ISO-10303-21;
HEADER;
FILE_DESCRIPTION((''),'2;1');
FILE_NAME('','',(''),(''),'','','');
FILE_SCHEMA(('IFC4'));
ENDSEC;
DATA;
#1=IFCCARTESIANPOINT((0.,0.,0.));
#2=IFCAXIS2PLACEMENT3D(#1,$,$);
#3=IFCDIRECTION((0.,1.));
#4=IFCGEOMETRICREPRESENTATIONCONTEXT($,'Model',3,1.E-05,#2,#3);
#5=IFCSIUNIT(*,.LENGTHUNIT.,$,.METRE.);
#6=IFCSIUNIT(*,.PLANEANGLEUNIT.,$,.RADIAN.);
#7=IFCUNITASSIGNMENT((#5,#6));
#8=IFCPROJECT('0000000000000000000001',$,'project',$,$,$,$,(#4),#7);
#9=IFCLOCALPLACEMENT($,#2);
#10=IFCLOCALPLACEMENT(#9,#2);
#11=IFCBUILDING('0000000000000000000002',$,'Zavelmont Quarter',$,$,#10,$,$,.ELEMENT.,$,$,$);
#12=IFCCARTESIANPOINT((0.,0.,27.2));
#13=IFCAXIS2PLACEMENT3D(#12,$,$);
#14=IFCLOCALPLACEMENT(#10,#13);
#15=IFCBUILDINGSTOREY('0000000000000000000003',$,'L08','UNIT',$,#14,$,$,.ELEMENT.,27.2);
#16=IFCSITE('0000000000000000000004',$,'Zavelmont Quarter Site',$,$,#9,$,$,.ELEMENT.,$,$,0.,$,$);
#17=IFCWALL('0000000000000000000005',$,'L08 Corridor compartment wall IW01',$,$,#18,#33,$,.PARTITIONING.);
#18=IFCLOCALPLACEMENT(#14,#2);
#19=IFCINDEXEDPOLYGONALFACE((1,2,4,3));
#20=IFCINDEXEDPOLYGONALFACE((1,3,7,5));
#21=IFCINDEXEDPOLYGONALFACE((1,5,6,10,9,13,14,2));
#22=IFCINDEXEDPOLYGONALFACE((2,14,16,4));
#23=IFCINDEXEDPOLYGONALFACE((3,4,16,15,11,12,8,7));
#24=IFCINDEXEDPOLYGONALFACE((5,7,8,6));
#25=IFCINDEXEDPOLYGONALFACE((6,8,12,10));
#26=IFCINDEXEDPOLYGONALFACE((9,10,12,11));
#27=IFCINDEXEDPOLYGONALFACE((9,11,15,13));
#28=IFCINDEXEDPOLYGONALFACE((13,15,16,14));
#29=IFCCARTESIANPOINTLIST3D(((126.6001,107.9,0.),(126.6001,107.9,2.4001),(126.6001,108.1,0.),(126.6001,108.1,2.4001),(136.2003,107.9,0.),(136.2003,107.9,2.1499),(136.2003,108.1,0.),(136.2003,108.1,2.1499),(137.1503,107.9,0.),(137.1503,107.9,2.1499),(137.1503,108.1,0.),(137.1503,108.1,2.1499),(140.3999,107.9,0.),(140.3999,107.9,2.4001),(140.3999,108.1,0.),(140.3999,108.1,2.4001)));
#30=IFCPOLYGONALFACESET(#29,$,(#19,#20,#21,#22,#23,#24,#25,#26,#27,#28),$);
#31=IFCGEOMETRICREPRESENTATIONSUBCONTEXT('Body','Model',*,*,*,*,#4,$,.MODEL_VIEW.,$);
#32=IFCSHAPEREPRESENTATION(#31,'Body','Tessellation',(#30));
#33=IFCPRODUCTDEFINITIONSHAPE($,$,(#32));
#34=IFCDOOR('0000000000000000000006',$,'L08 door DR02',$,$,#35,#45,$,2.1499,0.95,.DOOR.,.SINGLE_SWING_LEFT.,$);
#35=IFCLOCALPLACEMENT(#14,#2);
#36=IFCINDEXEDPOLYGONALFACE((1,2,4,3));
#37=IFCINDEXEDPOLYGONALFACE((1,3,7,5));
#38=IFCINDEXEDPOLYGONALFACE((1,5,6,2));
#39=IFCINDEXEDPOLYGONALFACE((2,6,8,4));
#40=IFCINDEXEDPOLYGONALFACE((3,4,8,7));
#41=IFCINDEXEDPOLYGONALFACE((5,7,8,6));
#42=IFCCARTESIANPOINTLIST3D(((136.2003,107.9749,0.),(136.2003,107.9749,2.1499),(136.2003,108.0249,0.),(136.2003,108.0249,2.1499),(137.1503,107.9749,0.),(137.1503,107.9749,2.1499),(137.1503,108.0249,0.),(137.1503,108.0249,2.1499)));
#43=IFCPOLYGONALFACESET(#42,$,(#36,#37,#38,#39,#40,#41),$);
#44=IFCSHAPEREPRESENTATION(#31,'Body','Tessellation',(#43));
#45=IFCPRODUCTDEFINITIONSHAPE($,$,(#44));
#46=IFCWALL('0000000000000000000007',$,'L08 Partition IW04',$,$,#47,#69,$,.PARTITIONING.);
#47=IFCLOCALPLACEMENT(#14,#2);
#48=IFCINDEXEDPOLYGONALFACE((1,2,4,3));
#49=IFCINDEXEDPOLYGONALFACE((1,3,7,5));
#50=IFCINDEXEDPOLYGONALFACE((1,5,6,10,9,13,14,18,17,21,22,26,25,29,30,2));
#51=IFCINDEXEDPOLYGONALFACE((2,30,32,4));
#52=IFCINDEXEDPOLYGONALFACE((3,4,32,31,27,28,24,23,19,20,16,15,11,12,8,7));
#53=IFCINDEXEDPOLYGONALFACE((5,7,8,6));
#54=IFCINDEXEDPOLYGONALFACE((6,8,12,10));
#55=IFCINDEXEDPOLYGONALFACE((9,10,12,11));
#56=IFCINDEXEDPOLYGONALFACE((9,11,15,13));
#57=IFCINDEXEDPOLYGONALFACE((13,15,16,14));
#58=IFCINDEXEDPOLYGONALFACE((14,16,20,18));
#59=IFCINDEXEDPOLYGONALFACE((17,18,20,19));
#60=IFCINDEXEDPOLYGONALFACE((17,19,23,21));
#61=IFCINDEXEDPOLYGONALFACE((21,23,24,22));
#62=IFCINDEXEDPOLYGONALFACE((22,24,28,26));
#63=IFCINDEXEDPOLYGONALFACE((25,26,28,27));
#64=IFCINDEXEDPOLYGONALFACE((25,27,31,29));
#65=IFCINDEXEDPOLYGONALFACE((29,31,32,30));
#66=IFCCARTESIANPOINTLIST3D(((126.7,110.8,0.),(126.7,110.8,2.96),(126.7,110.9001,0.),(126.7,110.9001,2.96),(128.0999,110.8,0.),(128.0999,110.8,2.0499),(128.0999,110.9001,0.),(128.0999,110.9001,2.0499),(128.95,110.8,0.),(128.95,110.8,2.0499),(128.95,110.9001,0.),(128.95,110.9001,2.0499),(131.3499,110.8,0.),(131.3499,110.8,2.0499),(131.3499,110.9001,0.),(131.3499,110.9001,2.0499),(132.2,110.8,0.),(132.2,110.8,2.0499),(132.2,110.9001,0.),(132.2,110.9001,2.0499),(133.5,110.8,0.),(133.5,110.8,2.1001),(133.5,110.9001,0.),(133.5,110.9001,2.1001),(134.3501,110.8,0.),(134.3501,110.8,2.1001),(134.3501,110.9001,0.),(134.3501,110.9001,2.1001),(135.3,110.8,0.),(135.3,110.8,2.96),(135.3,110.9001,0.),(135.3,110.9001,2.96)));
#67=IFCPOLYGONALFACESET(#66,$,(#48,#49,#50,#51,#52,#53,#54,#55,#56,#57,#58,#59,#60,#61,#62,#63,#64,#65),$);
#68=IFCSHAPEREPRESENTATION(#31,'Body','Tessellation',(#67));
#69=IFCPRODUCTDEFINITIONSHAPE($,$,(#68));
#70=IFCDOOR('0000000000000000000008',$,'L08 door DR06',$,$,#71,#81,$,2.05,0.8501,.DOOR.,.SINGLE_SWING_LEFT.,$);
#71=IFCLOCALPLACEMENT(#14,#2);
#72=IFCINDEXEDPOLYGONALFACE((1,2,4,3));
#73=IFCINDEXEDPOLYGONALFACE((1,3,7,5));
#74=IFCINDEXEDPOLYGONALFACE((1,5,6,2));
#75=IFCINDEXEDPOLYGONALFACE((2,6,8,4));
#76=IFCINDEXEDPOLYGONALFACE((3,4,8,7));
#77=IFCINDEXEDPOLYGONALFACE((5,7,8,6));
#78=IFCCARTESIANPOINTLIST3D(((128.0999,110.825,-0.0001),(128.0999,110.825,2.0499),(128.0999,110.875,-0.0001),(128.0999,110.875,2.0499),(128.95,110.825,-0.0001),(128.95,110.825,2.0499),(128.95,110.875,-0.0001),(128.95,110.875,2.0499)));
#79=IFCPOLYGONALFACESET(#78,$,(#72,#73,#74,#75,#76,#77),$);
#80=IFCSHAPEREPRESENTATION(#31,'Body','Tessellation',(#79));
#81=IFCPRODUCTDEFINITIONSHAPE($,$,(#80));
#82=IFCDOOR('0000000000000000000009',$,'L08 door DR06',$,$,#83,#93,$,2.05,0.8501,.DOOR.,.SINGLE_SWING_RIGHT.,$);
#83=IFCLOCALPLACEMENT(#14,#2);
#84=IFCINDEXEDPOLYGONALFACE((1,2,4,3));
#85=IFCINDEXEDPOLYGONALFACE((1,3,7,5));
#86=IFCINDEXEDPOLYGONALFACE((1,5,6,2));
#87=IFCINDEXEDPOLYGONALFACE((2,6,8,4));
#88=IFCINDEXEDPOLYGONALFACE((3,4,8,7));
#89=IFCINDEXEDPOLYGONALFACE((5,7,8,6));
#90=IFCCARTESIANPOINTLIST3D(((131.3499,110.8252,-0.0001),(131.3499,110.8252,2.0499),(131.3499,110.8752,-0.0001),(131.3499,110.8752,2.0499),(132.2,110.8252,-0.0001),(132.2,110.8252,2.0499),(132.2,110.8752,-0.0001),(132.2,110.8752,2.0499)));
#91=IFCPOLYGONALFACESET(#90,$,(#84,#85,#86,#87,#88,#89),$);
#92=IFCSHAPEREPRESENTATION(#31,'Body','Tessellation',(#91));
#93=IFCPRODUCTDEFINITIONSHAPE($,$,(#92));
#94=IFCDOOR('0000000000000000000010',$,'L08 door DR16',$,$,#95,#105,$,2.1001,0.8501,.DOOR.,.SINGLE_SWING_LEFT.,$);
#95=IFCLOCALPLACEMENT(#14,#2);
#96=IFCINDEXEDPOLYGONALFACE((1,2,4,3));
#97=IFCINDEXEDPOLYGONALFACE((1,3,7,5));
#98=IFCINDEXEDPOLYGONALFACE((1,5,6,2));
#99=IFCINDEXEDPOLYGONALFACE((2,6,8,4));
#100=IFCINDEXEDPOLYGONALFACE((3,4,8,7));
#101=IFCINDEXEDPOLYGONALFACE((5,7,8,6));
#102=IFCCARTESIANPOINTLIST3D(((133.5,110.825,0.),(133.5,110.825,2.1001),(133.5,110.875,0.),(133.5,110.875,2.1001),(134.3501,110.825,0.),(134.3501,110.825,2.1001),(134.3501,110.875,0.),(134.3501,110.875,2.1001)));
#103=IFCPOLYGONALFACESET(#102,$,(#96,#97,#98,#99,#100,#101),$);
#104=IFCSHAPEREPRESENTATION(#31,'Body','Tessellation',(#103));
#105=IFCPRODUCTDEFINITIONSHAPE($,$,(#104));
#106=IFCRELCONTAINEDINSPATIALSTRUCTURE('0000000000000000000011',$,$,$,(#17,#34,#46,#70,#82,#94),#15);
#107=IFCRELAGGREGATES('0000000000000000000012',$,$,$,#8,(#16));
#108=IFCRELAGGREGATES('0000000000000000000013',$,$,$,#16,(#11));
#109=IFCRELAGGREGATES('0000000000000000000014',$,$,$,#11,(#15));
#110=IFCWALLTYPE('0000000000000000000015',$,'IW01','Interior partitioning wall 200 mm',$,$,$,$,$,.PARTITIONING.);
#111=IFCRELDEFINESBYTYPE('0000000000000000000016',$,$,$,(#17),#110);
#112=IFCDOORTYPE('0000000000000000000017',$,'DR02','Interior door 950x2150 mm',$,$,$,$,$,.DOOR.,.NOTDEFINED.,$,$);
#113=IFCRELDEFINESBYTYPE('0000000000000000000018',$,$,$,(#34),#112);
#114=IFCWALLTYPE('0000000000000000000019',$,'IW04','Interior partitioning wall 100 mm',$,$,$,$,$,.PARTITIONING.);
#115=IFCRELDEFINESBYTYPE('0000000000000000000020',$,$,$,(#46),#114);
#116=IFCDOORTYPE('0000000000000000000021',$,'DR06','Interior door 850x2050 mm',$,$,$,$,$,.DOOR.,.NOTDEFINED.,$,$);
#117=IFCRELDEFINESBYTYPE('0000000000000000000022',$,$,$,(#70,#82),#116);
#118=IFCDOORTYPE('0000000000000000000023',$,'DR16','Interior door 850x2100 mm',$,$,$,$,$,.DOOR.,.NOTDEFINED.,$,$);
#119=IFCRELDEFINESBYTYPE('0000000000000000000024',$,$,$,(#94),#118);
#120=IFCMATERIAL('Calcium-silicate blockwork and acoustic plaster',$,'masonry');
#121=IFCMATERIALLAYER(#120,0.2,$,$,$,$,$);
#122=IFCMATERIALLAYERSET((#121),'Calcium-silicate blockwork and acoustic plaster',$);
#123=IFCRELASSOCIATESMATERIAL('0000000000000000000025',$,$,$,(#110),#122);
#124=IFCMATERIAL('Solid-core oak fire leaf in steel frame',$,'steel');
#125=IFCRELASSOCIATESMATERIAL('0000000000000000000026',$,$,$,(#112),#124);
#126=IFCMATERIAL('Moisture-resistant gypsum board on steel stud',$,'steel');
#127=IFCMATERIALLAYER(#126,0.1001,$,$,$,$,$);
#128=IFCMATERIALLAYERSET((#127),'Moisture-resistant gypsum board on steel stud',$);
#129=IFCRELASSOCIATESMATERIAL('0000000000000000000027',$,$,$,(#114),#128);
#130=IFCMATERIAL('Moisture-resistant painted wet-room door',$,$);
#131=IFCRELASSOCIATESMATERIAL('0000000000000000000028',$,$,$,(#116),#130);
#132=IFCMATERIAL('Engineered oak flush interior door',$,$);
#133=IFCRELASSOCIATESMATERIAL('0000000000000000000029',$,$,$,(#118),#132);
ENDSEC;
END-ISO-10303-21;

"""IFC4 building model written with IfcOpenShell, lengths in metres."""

from ifc_helpers import new_model, si_unit, direction, frame, frame_2d, origin, origin_with_axes, place, context, subcontext, project, spatial, rectangle, extrude, material, layer, layer_set, type_object, element, fill, save


model = new_model("IFC4")

# Units and contexts
model_context = context("Model", 3, precision=1e-05, world=origin(), true_north=direction((0.0, 1.0)))
body_context = subcontext(model_context, "Body", "Model", "MODEL_VIEW")
ifc_project = project(units=[si_unit("LENGTHUNIT", "METRE"), si_unit("PLANEANGLEUNIT", "RADIAN")], contexts=[model_context])

# Site, building, storey
site_placement = place(None, origin())
site = spatial("IfcSite", under=ifc_project, at=site_placement, Name="Zavelmont Quarter Site", CompositionType="ELEMENT", RefElevation=0.0)
building_placement = place(site_placement, origin())
building = spatial("IfcBuilding", under=site, at=building_placement, Name="Zavelmont Quarter", CompositionType="ELEMENT")
storey_placement = place(building_placement, frame((0.0, 0.0, 27.2)))
storey = spatial("IfcBuildingStorey", under=building, at=storey_placement, Name="L08", Description="UNIT", CompositionType="ELEMENT", Elevation=27.2)

# Wall, opening, door
ifc_material_1 = material(Name="Calcium-silicate blockwork and acoustic plaster", Category="masonry")
ifc_layer_1 = layer(ifc_material_1, 0.2)
ifc_layer_set_1 = layer_set([ifc_layer_1], Name="Calcium-silicate blockwork and acoustic plaster")
wall_type_1 = type_object("IfcWallType", Name="IW01", Description="Interior partitioning wall 200 mm", PredefinedType="PARTITIONING", material=ifc_layer_set_1)
wall_1_placement = place(storey_placement, frame((126.6001, 108.0, 0.0), z_axis=(0.0, 0.0, 1.0), x_axis=(1.0, 0.0, 0.0)))
wall_1 = element("IfcWall", 1, at=wall_1_placement, inside=storey, type_object=wall_type_1, Name="L08 Corridor compartment wall IW01", PredefinedType="PARTITIONING", context=body_context, shape_type="SweptSolid", body=[
    extrude(rectangle(XDim=13.7998, YDim=0.2, at=frame_2d((6.8999, 0.0))), origin(), (0.0, 0.0, 1.0), 2.4001),
])
opening_1_placement = place(wall_1_placement, frame((9.6001, 0.0, 0.0)))
opening_1 = element("IfcOpeningElement", 2, at=opening_1_placement, cuts=wall_1, PredefinedType="OPENING", context=body_context, shape_type="SweptSolid", body=[
    extrude(rectangle(XDim=0.95, YDim=2.1499, at=frame_2d((0.4751, 1.075))), frame((0.0, 0.1118, 0.0), z_axis=(0.0, -1.0, 0.0), x_axis=(1.0, 0.0, 0.0)), (0.0, 0.0, 1.0), 0.2239),
])
ifc_material_2 = material(Name="Solid-core oak fire leaf in steel frame", Category="steel")
door_type_1 = type_object("IfcDoorType", Name="DR02", Description="Interior door 950x2150 mm", OperationType="NOTDEFINED", PredefinedType="DOOR", material=ifc_material_2)
door_1_placement = place(opening_1_placement, origin_with_axes())
door_1 = element("IfcDoor", 3, at=door_1_placement, inside=storey, type_object=door_type_1, Name="L08 door DR02", OperationType="SINGLE_SWING_LEFT", OverallHeight=2.1499, OverallWidth=0.95, PredefinedType="DOOR", context=body_context, shape_type="SweptSolid", body=[
    extrude(rectangle(XDim=0.95, YDim=2.1499, at=frame_2d((0.4751, 1.075))), frame((0.0, 0.0249, 0.0), z_axis=(0.0, -1.0, 0.0), x_axis=(1.0, 0.0, 0.0)), (0.0, 0.0, 1.0), 0.05),
])
fill(opening_1, door_1)

# Wall, openings, doors
ifc_material_3 = material(Name="Moisture-resistant gypsum board on steel stud", Category="steel")
ifc_layer_2 = layer(ifc_material_3, 0.1001)
ifc_layer_set_2 = layer_set([ifc_layer_2], Name="Moisture-resistant gypsum board on steel stud")
wall_type_2 = type_object("IfcWallType", Name="IW04", Description="Interior partitioning wall 100 mm", PredefinedType="PARTITIONING", material=ifc_layer_set_2)
wall_2_placement = place(storey_placement, frame((126.7, 110.8501, 0.0), z_axis=(0.0, 0.0, 1.0), x_axis=(1.0, 0.0, 0.0)))
wall_2 = element("IfcWall", 4, at=wall_2_placement, inside=storey, type_object=wall_type_2, Name="L08 Partition IW04", PredefinedType="PARTITIONING", context=body_context, shape_type="SweptSolid", body=[
    extrude(rectangle(XDim=8.6001, YDim=0.1001, at=frame_2d((4.3, 0.0))), origin(), (0.0, 0.0, 1.0), 2.96),
])
opening_2_placement = place(wall_2_placement, frame((1.3999, 0.0, 0.0)))
opening_2 = element("IfcOpeningElement", 5, at=opening_2_placement, cuts=wall_2, PredefinedType="OPENING", context=body_context, shape_type="SweptSolid", body=[
    extrude(rectangle(XDim=0.8501, YDim=2.05, at=frame_2d((0.425, 1.0249))), frame((0.0, 0.062, 0.0), z_axis=(0.0, -1.0, 0.0), x_axis=(1.0, 0.0, 0.0)), (0.0, 0.0, 1.0), 0.124),
])
opening_3_placement = place(wall_2_placement, frame((4.6499, 0.0, 0.0)))
opening_3 = element("IfcOpeningElement", 6, at=opening_3_placement, cuts=wall_2, PredefinedType="OPENING", context=body_context, shape_type="SweptSolid", body=[
    extrude(rectangle(XDim=0.8501, YDim=2.05, at=frame_2d((0.425, 1.0249))), frame((0.0, 0.062, 0.0), z_axis=(0.0, -1.0, 0.0), x_axis=(1.0, 0.0, 0.0)), (0.0, 0.0, 1.0), 0.124),
])
opening_4_placement = place(wall_2_placement, frame((6.8, 0.0, 0.0)))
opening_4 = element("IfcOpeningElement", 7, at=opening_4_placement, cuts=wall_2, PredefinedType="OPENING", context=body_context, shape_type="SweptSolid", body=[
    extrude(rectangle(XDim=0.8501, YDim=2.1001, at=frame_2d((0.425, 1.05))), frame((0.0, 0.062, 0.0), z_axis=(0.0, -1.0, 0.0), x_axis=(1.0, 0.0, 0.0)), (0.0, 0.0, 1.0), 0.124),
])
ifc_material_4 = material(Name="Moisture-resistant painted wet-room door")
door_type_2 = type_object("IfcDoorType", Name="DR06", Description="Interior door 850x2050 mm", OperationType="NOTDEFINED", PredefinedType="DOOR", material=ifc_material_4)
door_2_placement = place(opening_2_placement, origin_with_axes())
door_2 = element("IfcDoor", 8, at=door_2_placement, inside=storey, type_object=door_type_2, Name="L08 door DR06", OperationType="SINGLE_SWING_LEFT", OverallHeight=2.05, OverallWidth=0.8501, PredefinedType="DOOR", context=body_context, shape_type="SweptSolid", body=[
    extrude(rectangle(XDim=0.8501, YDim=2.05, at=frame_2d((0.425, 1.0249))), frame((0.0, 0.0249, 0.0), z_axis=(0.0, -1.0, 0.0), x_axis=(1.0, 0.0, 0.0)), (0.0, 0.0, 1.0), 0.05),
])
fill(opening_2, door_2)
door_3_placement = place(opening_3_placement, frame((0.8501, 0.0, 0.0), z_axis=(0.0, 0.0, 1.0), x_axis=(-1.0, 0.0, 0.0)))
door_3 = element("IfcDoor", 9, at=door_3_placement, inside=storey, type_object=door_type_2, Name="L08 door DR06", OperationType="SINGLE_SWING_RIGHT", OverallHeight=2.05, OverallWidth=0.8501, PredefinedType="DOOR", context=body_context, shape_type="SweptSolid", body=[
    extrude(rectangle(XDim=0.8501, YDim=2.05, at=frame_2d((0.425, 1.0249))), frame((0.0, 0.0249, 0.0), z_axis=(0.0, -1.0, 0.0), x_axis=(1.0, 0.0, 0.0)), (0.0, 0.0, 1.0), 0.05),
])
fill(opening_3, door_3)
ifc_material_5 = material(Name="Engineered oak flush interior door")
door_type_3 = type_object("IfcDoorType", Name="DR16", Description="Interior door 850x2100 mm", OperationType="NOTDEFINED", PredefinedType="DOOR", material=ifc_material_5)
door_4_placement = place(opening_4_placement, origin_with_axes())
door_4 = element("IfcDoor", 10, at=door_4_placement, inside=storey, type_object=door_type_3, Name="L08 door DR16", OperationType="SINGLE_SWING_LEFT", OverallHeight=2.1001, OverallWidth=0.8501, PredefinedType="DOOR", context=body_context, shape_type="SweptSolid", body=[
    extrude(rectangle(XDim=0.8501, YDim=2.1001, at=frame_2d((0.425, 1.05))), frame((0.0, 0.0249, 0.0), z_axis=(0.0, -1.0, 0.0), x_axis=(1.0, 0.0, 0.0)), (0.0, 0.0, 1.0), 0.05),
])
fill(opening_4, door_4)

save(model, "model.ifc")
